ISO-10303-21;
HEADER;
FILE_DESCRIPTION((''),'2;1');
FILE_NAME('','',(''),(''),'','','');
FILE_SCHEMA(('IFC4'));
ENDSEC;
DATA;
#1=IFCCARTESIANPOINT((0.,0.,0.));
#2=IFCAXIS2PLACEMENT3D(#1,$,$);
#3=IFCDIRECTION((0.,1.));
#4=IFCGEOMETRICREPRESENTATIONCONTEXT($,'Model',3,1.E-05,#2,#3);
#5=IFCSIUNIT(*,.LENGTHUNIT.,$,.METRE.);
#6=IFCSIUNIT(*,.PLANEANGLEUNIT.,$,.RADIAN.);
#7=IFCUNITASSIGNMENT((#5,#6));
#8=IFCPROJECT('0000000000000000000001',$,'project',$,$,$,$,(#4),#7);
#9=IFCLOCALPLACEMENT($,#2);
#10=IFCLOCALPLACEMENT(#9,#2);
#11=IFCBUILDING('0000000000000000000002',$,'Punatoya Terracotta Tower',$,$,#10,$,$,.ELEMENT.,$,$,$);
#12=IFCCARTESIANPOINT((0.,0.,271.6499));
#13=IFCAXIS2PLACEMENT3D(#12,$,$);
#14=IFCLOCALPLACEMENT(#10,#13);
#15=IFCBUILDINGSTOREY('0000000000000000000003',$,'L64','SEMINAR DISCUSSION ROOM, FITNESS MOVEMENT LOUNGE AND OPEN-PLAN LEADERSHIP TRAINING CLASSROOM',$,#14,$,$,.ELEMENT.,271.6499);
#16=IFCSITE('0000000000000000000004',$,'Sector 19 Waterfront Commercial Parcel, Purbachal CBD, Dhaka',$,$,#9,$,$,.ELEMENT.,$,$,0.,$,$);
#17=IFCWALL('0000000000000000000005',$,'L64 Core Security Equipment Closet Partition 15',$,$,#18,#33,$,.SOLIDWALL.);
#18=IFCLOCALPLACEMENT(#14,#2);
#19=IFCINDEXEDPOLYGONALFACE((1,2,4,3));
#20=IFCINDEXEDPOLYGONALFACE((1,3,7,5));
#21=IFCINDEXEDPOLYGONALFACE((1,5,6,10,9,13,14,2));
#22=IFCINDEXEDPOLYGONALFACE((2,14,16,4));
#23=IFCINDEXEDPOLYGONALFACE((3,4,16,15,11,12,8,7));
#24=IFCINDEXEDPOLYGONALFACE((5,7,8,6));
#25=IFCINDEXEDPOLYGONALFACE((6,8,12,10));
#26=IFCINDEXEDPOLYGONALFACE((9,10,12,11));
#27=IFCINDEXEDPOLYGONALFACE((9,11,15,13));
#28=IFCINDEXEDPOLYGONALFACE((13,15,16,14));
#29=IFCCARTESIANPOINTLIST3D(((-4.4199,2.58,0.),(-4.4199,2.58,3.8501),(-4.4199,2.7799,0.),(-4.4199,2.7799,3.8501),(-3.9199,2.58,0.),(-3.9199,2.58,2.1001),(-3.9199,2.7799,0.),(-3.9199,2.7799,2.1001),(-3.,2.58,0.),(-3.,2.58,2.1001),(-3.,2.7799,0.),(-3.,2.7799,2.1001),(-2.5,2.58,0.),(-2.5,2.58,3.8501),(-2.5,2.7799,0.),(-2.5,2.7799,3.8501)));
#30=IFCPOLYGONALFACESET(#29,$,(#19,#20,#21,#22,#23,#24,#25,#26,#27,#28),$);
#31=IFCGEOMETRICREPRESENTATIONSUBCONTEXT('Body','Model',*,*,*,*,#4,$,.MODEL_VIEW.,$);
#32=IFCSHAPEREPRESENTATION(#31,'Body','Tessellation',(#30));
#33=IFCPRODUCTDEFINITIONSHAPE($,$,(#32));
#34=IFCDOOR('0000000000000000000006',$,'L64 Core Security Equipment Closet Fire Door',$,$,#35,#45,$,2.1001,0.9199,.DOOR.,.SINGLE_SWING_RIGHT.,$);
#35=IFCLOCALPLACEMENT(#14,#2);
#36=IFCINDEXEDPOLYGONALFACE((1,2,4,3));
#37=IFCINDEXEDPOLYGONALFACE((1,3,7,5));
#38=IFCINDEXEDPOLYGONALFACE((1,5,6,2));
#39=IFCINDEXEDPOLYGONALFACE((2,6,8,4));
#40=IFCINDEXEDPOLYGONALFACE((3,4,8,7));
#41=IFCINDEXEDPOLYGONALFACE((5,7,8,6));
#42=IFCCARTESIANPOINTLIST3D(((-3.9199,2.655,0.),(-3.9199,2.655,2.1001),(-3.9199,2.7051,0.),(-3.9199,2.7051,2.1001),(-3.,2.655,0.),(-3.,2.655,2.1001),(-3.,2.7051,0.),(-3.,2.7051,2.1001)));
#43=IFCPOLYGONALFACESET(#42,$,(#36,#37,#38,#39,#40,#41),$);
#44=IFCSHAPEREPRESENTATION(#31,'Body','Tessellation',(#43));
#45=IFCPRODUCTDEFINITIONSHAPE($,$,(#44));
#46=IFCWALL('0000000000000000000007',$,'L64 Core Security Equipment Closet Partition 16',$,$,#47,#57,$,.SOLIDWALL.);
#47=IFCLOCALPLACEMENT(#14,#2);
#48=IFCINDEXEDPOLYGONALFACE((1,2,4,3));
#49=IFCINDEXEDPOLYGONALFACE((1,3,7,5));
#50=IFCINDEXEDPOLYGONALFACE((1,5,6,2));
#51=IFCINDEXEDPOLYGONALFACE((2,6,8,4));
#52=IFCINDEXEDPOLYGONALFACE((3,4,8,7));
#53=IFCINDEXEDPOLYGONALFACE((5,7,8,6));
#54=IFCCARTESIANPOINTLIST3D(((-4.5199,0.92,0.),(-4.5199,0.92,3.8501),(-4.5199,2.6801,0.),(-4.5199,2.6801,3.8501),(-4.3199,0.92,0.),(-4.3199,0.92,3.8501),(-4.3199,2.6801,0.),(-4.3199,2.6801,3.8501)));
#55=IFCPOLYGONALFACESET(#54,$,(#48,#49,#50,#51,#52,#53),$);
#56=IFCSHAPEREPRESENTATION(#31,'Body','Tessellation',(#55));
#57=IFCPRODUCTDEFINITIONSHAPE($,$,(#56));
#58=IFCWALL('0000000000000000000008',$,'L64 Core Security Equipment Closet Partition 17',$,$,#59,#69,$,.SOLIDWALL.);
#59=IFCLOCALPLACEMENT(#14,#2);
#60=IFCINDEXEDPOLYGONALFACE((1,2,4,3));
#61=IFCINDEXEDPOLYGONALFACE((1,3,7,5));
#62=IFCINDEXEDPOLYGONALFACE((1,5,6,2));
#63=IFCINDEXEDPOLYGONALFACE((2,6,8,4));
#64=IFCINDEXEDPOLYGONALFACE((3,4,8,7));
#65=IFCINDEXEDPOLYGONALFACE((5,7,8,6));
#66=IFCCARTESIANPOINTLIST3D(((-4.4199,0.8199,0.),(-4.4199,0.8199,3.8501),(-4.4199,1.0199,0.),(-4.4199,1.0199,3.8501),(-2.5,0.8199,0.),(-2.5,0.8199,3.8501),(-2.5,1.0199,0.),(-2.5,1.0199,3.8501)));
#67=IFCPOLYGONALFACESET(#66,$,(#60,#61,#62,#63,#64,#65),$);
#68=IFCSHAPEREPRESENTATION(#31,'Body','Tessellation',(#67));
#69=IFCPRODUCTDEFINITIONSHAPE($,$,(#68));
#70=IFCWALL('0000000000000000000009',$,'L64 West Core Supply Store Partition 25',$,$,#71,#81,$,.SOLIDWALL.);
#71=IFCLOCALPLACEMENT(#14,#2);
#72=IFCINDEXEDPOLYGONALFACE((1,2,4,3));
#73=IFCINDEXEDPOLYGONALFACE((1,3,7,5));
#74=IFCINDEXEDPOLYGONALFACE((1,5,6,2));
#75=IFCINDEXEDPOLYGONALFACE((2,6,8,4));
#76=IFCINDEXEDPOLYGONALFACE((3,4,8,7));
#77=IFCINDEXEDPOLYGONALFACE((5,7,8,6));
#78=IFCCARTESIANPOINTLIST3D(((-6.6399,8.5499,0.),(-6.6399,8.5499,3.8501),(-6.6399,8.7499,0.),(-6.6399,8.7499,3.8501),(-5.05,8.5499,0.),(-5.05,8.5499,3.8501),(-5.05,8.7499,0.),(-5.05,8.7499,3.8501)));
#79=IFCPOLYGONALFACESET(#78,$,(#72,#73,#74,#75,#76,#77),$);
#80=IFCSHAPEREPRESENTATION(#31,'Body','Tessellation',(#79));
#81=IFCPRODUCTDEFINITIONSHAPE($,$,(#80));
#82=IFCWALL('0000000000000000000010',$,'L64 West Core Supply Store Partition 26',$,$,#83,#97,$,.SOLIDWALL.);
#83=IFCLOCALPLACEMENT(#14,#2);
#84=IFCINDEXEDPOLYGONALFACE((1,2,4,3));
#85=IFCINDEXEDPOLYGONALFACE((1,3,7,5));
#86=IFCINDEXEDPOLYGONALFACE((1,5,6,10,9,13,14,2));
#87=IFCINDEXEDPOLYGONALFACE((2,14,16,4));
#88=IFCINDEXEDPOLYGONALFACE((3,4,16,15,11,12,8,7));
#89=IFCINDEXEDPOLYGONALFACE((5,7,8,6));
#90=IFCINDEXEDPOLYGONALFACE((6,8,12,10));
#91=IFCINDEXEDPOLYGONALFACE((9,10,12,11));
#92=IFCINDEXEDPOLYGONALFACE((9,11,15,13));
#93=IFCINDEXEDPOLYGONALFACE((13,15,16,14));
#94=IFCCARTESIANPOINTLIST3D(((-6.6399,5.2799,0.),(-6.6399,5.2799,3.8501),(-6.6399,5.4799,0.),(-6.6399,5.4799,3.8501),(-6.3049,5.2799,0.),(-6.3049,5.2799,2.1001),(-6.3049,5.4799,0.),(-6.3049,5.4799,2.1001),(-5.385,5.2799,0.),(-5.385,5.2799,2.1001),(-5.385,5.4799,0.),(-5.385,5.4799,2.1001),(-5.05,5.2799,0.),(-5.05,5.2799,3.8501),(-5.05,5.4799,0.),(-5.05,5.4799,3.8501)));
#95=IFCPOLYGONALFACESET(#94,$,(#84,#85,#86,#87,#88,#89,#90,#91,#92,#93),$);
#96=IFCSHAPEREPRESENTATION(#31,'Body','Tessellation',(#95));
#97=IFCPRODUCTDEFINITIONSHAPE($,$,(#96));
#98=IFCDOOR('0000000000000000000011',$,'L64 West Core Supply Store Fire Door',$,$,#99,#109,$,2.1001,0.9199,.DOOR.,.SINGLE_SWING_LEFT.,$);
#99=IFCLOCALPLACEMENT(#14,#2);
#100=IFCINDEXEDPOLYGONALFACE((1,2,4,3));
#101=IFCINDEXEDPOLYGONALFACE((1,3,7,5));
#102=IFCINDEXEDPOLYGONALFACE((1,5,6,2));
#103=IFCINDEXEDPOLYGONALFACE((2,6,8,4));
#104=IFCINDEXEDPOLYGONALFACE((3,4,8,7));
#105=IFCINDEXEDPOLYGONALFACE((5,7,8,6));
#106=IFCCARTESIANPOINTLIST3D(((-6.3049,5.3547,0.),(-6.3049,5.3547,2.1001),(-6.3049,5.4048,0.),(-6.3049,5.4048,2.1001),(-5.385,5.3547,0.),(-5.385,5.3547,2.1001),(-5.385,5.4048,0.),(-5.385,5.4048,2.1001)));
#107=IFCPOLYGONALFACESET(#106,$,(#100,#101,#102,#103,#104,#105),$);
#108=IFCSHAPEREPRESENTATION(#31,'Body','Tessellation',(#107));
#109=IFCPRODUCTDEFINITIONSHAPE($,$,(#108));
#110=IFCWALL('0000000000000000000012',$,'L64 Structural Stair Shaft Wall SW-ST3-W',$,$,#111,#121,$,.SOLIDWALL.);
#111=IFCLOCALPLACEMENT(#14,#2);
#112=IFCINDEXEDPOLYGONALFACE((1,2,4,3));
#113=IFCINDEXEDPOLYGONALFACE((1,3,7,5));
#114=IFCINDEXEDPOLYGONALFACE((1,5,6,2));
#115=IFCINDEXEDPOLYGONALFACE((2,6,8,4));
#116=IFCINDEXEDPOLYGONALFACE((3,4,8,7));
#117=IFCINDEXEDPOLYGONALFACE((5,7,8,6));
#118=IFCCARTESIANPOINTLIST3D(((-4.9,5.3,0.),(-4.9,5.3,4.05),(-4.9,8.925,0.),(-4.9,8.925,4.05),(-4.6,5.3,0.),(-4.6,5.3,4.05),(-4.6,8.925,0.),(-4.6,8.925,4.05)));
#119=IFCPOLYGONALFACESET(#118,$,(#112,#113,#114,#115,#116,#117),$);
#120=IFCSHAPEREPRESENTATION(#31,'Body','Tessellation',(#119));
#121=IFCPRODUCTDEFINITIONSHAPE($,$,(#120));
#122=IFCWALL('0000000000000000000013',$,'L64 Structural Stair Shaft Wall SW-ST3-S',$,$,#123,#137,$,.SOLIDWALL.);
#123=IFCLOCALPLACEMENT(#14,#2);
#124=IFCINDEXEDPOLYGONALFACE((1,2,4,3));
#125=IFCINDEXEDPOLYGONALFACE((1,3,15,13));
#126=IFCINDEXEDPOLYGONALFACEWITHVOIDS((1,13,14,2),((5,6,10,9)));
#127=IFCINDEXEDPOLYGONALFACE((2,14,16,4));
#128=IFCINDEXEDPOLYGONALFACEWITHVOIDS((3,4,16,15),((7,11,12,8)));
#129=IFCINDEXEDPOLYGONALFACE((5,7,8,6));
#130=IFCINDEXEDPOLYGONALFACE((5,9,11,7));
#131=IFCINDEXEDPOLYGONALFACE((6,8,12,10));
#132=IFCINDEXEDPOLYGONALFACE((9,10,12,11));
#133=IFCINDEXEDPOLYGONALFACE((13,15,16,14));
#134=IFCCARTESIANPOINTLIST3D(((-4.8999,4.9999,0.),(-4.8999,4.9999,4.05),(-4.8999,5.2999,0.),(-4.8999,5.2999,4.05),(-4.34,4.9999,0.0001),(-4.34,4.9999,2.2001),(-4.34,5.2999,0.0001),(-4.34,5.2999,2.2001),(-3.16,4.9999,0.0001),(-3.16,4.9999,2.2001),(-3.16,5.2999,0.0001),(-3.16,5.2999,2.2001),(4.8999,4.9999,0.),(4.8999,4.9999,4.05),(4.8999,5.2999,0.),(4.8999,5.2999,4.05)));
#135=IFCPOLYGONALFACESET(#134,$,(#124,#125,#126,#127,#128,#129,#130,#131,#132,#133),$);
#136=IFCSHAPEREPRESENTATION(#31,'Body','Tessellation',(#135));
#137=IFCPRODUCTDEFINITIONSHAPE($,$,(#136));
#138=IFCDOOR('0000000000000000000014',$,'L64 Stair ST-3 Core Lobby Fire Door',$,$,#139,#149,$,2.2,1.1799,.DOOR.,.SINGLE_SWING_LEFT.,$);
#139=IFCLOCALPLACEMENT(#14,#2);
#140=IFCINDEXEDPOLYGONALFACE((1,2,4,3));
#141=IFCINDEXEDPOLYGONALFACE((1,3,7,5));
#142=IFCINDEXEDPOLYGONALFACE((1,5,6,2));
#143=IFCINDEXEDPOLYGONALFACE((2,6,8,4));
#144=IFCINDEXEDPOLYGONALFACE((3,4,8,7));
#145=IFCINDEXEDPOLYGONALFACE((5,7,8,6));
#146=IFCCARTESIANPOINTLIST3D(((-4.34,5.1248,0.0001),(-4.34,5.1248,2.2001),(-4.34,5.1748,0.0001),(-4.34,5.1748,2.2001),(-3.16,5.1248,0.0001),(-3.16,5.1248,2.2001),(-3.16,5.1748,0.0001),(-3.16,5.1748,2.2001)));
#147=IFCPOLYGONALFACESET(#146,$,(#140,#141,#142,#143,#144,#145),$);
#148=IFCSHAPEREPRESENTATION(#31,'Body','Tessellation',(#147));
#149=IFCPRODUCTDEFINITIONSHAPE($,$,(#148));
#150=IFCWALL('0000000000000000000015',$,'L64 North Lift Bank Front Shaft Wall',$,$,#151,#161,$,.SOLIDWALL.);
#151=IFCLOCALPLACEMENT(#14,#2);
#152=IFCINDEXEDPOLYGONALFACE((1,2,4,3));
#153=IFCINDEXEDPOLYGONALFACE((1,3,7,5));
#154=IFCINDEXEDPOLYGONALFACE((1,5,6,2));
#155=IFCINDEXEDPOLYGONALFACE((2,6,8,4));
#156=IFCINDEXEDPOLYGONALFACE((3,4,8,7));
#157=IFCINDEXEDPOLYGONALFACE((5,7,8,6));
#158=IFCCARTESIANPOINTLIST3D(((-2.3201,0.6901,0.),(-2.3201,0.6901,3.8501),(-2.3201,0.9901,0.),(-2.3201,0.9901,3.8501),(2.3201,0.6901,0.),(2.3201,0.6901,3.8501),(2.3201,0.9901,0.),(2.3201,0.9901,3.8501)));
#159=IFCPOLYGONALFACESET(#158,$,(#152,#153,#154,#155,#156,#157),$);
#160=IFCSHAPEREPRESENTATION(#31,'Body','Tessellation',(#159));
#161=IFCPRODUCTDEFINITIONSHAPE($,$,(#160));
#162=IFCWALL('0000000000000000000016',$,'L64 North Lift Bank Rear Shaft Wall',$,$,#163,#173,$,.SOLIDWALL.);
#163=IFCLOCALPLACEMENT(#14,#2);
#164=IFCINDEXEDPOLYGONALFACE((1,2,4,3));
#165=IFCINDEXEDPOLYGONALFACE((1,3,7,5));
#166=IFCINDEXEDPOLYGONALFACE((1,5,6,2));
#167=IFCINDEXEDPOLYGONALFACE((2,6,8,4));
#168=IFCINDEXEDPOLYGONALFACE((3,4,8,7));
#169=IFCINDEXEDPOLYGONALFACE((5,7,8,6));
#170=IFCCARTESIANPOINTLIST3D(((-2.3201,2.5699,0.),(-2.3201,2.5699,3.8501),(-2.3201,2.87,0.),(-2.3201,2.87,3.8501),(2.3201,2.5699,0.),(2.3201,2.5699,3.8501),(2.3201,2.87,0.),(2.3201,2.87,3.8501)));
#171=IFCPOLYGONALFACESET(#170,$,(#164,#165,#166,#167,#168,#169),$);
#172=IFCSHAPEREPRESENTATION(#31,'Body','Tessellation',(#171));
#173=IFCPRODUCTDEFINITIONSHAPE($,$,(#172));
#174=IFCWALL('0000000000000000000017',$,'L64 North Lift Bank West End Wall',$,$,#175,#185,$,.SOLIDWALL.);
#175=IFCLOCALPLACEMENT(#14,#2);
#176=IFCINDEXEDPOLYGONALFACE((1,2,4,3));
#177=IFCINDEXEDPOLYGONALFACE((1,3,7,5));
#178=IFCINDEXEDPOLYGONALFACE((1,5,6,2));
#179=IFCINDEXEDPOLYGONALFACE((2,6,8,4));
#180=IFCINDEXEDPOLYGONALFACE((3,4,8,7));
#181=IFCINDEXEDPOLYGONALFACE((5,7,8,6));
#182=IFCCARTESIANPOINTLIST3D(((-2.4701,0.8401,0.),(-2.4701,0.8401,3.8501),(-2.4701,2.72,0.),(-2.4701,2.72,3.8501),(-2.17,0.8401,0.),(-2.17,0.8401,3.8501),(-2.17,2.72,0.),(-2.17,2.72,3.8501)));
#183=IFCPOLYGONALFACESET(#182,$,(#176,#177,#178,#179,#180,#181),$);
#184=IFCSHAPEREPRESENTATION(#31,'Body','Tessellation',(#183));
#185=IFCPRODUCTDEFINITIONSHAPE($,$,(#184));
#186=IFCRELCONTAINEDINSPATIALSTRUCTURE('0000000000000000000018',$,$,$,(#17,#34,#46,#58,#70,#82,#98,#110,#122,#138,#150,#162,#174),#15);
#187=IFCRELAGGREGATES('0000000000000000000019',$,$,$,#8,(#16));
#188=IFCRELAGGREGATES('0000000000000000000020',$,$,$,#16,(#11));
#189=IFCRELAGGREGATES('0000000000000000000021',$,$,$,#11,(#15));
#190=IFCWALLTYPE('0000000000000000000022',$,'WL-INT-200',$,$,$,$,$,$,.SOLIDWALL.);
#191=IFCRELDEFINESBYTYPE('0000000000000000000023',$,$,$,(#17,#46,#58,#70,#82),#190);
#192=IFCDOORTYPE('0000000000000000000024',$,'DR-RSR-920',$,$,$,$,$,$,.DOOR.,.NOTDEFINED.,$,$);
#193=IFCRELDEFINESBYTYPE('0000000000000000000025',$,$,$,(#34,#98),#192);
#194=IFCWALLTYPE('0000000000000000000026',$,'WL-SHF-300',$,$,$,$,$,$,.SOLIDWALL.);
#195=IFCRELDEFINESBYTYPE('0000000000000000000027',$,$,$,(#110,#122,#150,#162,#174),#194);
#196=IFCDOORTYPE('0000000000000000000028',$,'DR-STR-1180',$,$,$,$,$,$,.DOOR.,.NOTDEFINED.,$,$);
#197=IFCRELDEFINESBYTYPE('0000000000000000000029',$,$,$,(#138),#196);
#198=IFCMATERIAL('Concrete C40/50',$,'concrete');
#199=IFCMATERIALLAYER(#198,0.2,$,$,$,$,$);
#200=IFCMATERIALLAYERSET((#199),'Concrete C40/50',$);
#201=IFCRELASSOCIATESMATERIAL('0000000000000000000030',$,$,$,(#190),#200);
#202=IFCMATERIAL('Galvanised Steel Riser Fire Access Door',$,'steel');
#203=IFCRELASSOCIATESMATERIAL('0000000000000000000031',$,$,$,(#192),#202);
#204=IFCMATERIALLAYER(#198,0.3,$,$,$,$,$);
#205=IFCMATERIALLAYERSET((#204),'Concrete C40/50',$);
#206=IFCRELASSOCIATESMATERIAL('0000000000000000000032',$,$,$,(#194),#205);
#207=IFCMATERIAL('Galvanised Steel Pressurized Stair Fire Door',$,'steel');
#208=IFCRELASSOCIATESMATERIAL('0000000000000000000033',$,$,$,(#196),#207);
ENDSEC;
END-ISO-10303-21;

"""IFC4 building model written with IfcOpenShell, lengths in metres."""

from ifc_helpers import new_model, si_unit, direction, frame, frame_2d, origin, place, context, subcontext, project, spatial, rectangle, extrude, material, layer, layer_set, type_object, element, fill, save


model = new_model("IFC4")

# Units and contexts
model_context = context("Model", 3, precision=1e-05, world=origin(), true_north=direction((0.0, 1.0)))
body_context = subcontext(model_context, "Body", "Model", "MODEL_VIEW")
ifc_project = project(units=[si_unit("LENGTHUNIT", "METRE"), si_unit("PLANEANGLEUNIT", "RADIAN")], contexts=[model_context])

# Site, building, storey
site_placement = place(None, origin())
site = spatial("IfcSite", under=ifc_project, at=site_placement, Name="Sector 19 Waterfront Commercial Parcel, Purbachal CBD, Dhaka", CompositionType="ELEMENT", RefElevation=0.0)
building_placement = place(site_placement, origin())
building = spatial("IfcBuilding", under=site, at=building_placement, Name="Punatoya Terracotta Tower", CompositionType="ELEMENT")
storey_placement = place(building_placement, frame((0.0, 0.0, 271.6499)))
storey = spatial("IfcBuildingStorey", under=building, at=storey_placement, Name="L64", Description="SEMINAR DISCUSSION ROOM, FITNESS MOVEMENT LOUNGE AND OPEN-PLAN LEADERSHIP TRAINING CLASSROOM", CompositionType="ELEMENT", Elevation=271.6499)

# Shared definitions
ifc_material_1 = material(Name="Concrete C40/50", Category="concrete")

# Wall, opening, door
ifc_layer_1 = layer(ifc_material_1, 0.2)
ifc_layer_set_1 = layer_set([ifc_layer_1], Name="Concrete C40/50")
wall_type_1 = type_object("IfcWallType", Name="WL-INT-200", PredefinedType="SOLIDWALL", material=ifc_layer_set_1)
wall_1_placement = place(storey_placement, frame((-2.5, 2.6799, 0.0), z_axis=(0.0, 0.0, 1.0), x_axis=(-1.0, 0.0, 0.0)))
wall_1 = element("IfcWall", 1, at=wall_1_placement, inside=storey, type_object=wall_type_1, Name="L64 Core Security Equipment Closet Partition 15", PredefinedType="SOLIDWALL", context=body_context, shape_type="SweptSolid", body=[
    extrude(rectangle(XDim=1.9199, YDim=0.2, at=frame_2d((0.96, 0.0))), origin(), (0.0, 0.0, 1.0), 3.8501),
])
opening_1_placement = place(wall_1_placement, frame((0.5, 0.0, 0.0)))
opening_1 = element("IfcOpeningElement", 2, at=opening_1_placement, cuts=wall_1, PredefinedType="OPENING", context=body_context, shape_type="SweptSolid", body=[
    extrude(rectangle(XDim=0.9199, YDim=2.1001, at=frame_2d((0.46, 1.05))), frame((0.0, 0.1099, 0.0), z_axis=(0.0, -1.0, 0.0), x_axis=(1.0, 0.0, 0.0)), (0.0, 0.0, 1.0), 0.22),
])
ifc_material_2 = material(Name="Galvanised Steel Riser Fire Access Door", Category="steel")
door_type_1 = type_object("IfcDoorType", Name="DR-RSR-920", OperationType="NOTDEFINED", PredefinedType="DOOR", material=ifc_material_2)
door_1_placement = place(opening_1_placement, origin())
door_1 = element("IfcDoor", 3, at=door_1_placement, inside=storey, type_object=door_type_1, Name="L64 Core Security Equipment Closet Fire Door", OperationType="SINGLE_SWING_RIGHT", OverallHeight=2.1001, OverallWidth=0.9199, PredefinedType="DOOR", context=body_context, shape_type="SweptSolid", body=[
    extrude(rectangle(XDim=0.9199, YDim=2.1001, at=frame_2d((0.46, 1.05))), frame((0.0, 0.0249, 0.0), z_axis=(0.0, -1.0, 0.0), x_axis=(1.0, 0.0, 0.0)), (0.0, 0.0, 1.0), 0.05),
])
fill(opening_1, door_1)

# Walls
wall_2_placement = place(storey_placement, frame((-4.4199, 2.6799, 0.0), z_axis=(0.0, 0.0, 1.0), x_axis=(0.0, -1.0, 0.0)))
element("IfcWall", 4, at=wall_2_placement, inside=storey, type_object=wall_type_1, Name="L64 Core Security Equipment Closet Partition 16", PredefinedType="SOLIDWALL", context=body_context, shape_type="SweptSolid", body=[
    extrude(rectangle(XDim=1.76, YDim=0.2, at=frame_2d((0.8799, 0.0))), origin(), (0.0, 0.0, 1.0), 3.8501),
])
wall_3_placement = place(storey_placement, frame((-4.4199, 0.9199, 0.0), z_axis=(0.0, 0.0, 1.0), x_axis=(1.0, 0.0, 0.0)))
element("IfcWall", 5, at=wall_3_placement, inside=storey, type_object=wall_type_1, Name="L64 Core Security Equipment Closet Partition 17", PredefinedType="SOLIDWALL", context=body_context, shape_type="SweptSolid", body=[
    extrude(rectangle(XDim=1.9199, YDim=0.2, at=frame_2d((0.96, 0.0))), origin(), (0.0, 0.0, 1.0), 3.8501),
])
wall_4_placement = place(storey_placement, frame((-5.05, 8.6499, 0.0), z_axis=(0.0, 0.0, 1.0), x_axis=(-1.0, 0.0, 0.0)))
element("IfcWall", 6, at=wall_4_placement, inside=storey, type_object=wall_type_1, Name="L64 West Core Supply Store Partition 25", PredefinedType="SOLIDWALL", context=body_context, shape_type="SweptSolid", body=[
    extrude(rectangle(XDim=1.5898, YDim=0.2, at=frame_2d((0.7949, 0.0))), origin(), (0.0, 0.0, 1.0), 3.8501),
])

# Wall, opening, door
wall_5_placement = place(storey_placement, frame((-6.6399, 5.3799, 0.0), z_axis=(0.0, 0.0, 1.0), x_axis=(1.0, 0.0, 0.0)))
wall_5 = element("IfcWall", 7, at=wall_5_placement, inside=storey, type_object=wall_type_1, Name="L64 West Core Supply Store Partition 26", PredefinedType="SOLIDWALL", context=body_context, shape_type="SweptSolid", body=[
    extrude(rectangle(XDim=1.5898, YDim=0.2, at=frame_2d((0.7949, 0.0))), origin(), (0.0, 0.0, 1.0), 3.8501),
])
opening_2_placement = place(wall_5_placement, frame((0.335, 0.0, 0.0)))
opening_2 = element("IfcOpeningElement", 8, at=opening_2_placement, cuts=wall_5, PredefinedType="OPENING", context=body_context, shape_type="SweptSolid", body=[
    extrude(rectangle(XDim=0.9199, YDim=2.1001, at=frame_2d((0.46, 1.05))), frame((0.0, 0.1099, 0.0), z_axis=(0.0, -1.0, 0.0), x_axis=(1.0, 0.0, 0.0)), (0.0, 0.0, 1.0), 0.22),
])
door_2_placement = place(opening_2_placement, origin())
door_2 = element("IfcDoor", 9, at=door_2_placement, inside=storey, type_object=door_type_1, Name="L64 West Core Supply Store Fire Door", OperationType="SINGLE_SWING_LEFT", OverallHeight=2.1001, OverallWidth=0.9199, PredefinedType="DOOR", context=body_context, shape_type="SweptSolid", body=[
    extrude(rectangle(XDim=0.9199, YDim=2.1001, at=frame_2d((0.46, 1.05))), frame((0.0, 0.0249, 0.0), z_axis=(0.0, -1.0, 0.0), x_axis=(1.0, 0.0, 0.0)), (0.0, 0.0, 1.0), 0.05),
])
fill(opening_2, door_2)

# Wall
ifc_layer_2 = layer(ifc_material_1, 0.3)
ifc_layer_set_2 = layer_set([ifc_layer_2], Name="Concrete C40/50")
wall_type_2 = type_object("IfcWallType", Name="WL-SHF-300", PredefinedType="SOLIDWALL", material=ifc_layer_set_2)
wall_6_placement = place(storey_placement, frame((-4.75, 5.3, 0.0), z_axis=(0.0, 0.0, 1.0), x_axis=(0.0, 1.0, 0.0)))
element("IfcWall", 10, at=wall_6_placement, inside=storey, type_object=wall_type_2, Name="L64 Structural Stair Shaft Wall SW-ST3-W", PredefinedType="SOLIDWALL", context=body_context, shape_type="SweptSolid", body=[
    extrude(rectangle(XDim=3.625, YDim=0.3, at=frame_2d((1.8125, 0.0))), origin(), (0.0, 0.0, 1.0), 4.05),
])

# Wall, opening, door
wall_7_placement = place(storey_placement, frame((-4.8999, 5.1499, 0.0), z_axis=(0.0, 0.0, 1.0), x_axis=(1.0, 0.0, 0.0)))
wall_7 = element("IfcWall", 11, at=wall_7_placement, inside=storey, type_object=wall_type_2, Name="L64 Structural Stair Shaft Wall SW-ST3-S", PredefinedType="SOLIDWALL", context=body_context, shape_type="SweptSolid", body=[
    extrude(rectangle(XDim=9.7998, YDim=0.3, at=frame_2d((4.8999, 0.0))), origin(), (0.0, 0.0, 1.0), 4.05),
])
opening_3_placement = place(wall_7_placement, frame((0.5601, 0.0, 0.0)))
opening_3 = element("IfcOpeningElement", 12, at=opening_3_placement, cuts=wall_7, PredefinedType="OPENING", context=body_context, shape_type="SweptSolid", body=[
    extrude(rectangle(XDim=1.1799, YDim=2.2, at=frame_2d((0.5898, 1.1001))), frame((0.0, 0.1599, 0.0), z_axis=(0.0, -1.0, 0.0), x_axis=(1.0, 0.0, 0.0)), (0.0, 0.0, 1.0), 0.3201),
])
ifc_material_3 = material(Name="Galvanised Steel Pressurized Stair Fire Door", Category="steel")
door_type_2 = type_object("IfcDoorType", Name="DR-STR-1180", OperationType="NOTDEFINED", PredefinedType="DOOR", material=ifc_material_3)
door_3_placement = place(opening_3_placement, origin())
door_3 = element("IfcDoor", 13, at=door_3_placement, inside=storey, type_object=door_type_2, Name="L64 Stair ST-3 Core Lobby Fire Door", OperationType="SINGLE_SWING_LEFT", OverallHeight=2.2, OverallWidth=1.1799, PredefinedType="DOOR", context=body_context, shape_type="SweptSolid", body=[
    extrude(rectangle(XDim=1.1799, YDim=2.2, at=frame_2d((0.5898, 1.1001))), frame((0.0, 0.0249, 0.0), z_axis=(0.0, -1.0, 0.0), x_axis=(1.0, 0.0, 0.0)), (0.0, 0.0, 1.0), 0.05),
])
fill(opening_3, door_3)

# Walls
for number, where, z_axis, x_axis, name in (
    (14, (-2.3201, 0.8401, 0.0), (0.0, 0.0, 1.0), (1.0, 0.0, 0.0), "L64 North Lift Bank Front Shaft Wall"),
    (15, (-2.3201, 2.72, 0.0), (0.0, 0.0, 1.0), (1.0, 0.0, 0.0), "L64 North Lift Bank Rear Shaft Wall"),
):
    element("IfcWall", number, at=place(storey_placement, frame(where, z_axis=z_axis, x_axis=x_axis)), inside=storey, type_object=wall_type_2, Name=name, PredefinedType="SOLIDWALL", context=body_context, shape_type="SweptSolid", body=[
        extrude(rectangle(XDim=4.6401, YDim=0.3, at=frame_2d((2.3201, 0.0))), origin(), (0.0, 0.0, 1.0), 3.8501),
    ])
wall_8_placement = place(storey_placement, frame((-2.3201, 0.8401, 0.0), z_axis=(0.0, 0.0, 1.0), x_axis=(0.0, 1.0, 0.0)))
element("IfcWall", 16, at=wall_8_placement, inside=storey, type_object=wall_type_2, Name="L64 North Lift Bank West End Wall", PredefinedType="SOLIDWALL", context=body_context, shape_type="SweptSolid", body=[
    extrude(rectangle(XDim=1.8799, YDim=0.3, at=frame_2d((0.9399, 0.0))), origin(), (0.0, 0.0, 1.0), 3.8501),
])

save(model, "model.ifc")
